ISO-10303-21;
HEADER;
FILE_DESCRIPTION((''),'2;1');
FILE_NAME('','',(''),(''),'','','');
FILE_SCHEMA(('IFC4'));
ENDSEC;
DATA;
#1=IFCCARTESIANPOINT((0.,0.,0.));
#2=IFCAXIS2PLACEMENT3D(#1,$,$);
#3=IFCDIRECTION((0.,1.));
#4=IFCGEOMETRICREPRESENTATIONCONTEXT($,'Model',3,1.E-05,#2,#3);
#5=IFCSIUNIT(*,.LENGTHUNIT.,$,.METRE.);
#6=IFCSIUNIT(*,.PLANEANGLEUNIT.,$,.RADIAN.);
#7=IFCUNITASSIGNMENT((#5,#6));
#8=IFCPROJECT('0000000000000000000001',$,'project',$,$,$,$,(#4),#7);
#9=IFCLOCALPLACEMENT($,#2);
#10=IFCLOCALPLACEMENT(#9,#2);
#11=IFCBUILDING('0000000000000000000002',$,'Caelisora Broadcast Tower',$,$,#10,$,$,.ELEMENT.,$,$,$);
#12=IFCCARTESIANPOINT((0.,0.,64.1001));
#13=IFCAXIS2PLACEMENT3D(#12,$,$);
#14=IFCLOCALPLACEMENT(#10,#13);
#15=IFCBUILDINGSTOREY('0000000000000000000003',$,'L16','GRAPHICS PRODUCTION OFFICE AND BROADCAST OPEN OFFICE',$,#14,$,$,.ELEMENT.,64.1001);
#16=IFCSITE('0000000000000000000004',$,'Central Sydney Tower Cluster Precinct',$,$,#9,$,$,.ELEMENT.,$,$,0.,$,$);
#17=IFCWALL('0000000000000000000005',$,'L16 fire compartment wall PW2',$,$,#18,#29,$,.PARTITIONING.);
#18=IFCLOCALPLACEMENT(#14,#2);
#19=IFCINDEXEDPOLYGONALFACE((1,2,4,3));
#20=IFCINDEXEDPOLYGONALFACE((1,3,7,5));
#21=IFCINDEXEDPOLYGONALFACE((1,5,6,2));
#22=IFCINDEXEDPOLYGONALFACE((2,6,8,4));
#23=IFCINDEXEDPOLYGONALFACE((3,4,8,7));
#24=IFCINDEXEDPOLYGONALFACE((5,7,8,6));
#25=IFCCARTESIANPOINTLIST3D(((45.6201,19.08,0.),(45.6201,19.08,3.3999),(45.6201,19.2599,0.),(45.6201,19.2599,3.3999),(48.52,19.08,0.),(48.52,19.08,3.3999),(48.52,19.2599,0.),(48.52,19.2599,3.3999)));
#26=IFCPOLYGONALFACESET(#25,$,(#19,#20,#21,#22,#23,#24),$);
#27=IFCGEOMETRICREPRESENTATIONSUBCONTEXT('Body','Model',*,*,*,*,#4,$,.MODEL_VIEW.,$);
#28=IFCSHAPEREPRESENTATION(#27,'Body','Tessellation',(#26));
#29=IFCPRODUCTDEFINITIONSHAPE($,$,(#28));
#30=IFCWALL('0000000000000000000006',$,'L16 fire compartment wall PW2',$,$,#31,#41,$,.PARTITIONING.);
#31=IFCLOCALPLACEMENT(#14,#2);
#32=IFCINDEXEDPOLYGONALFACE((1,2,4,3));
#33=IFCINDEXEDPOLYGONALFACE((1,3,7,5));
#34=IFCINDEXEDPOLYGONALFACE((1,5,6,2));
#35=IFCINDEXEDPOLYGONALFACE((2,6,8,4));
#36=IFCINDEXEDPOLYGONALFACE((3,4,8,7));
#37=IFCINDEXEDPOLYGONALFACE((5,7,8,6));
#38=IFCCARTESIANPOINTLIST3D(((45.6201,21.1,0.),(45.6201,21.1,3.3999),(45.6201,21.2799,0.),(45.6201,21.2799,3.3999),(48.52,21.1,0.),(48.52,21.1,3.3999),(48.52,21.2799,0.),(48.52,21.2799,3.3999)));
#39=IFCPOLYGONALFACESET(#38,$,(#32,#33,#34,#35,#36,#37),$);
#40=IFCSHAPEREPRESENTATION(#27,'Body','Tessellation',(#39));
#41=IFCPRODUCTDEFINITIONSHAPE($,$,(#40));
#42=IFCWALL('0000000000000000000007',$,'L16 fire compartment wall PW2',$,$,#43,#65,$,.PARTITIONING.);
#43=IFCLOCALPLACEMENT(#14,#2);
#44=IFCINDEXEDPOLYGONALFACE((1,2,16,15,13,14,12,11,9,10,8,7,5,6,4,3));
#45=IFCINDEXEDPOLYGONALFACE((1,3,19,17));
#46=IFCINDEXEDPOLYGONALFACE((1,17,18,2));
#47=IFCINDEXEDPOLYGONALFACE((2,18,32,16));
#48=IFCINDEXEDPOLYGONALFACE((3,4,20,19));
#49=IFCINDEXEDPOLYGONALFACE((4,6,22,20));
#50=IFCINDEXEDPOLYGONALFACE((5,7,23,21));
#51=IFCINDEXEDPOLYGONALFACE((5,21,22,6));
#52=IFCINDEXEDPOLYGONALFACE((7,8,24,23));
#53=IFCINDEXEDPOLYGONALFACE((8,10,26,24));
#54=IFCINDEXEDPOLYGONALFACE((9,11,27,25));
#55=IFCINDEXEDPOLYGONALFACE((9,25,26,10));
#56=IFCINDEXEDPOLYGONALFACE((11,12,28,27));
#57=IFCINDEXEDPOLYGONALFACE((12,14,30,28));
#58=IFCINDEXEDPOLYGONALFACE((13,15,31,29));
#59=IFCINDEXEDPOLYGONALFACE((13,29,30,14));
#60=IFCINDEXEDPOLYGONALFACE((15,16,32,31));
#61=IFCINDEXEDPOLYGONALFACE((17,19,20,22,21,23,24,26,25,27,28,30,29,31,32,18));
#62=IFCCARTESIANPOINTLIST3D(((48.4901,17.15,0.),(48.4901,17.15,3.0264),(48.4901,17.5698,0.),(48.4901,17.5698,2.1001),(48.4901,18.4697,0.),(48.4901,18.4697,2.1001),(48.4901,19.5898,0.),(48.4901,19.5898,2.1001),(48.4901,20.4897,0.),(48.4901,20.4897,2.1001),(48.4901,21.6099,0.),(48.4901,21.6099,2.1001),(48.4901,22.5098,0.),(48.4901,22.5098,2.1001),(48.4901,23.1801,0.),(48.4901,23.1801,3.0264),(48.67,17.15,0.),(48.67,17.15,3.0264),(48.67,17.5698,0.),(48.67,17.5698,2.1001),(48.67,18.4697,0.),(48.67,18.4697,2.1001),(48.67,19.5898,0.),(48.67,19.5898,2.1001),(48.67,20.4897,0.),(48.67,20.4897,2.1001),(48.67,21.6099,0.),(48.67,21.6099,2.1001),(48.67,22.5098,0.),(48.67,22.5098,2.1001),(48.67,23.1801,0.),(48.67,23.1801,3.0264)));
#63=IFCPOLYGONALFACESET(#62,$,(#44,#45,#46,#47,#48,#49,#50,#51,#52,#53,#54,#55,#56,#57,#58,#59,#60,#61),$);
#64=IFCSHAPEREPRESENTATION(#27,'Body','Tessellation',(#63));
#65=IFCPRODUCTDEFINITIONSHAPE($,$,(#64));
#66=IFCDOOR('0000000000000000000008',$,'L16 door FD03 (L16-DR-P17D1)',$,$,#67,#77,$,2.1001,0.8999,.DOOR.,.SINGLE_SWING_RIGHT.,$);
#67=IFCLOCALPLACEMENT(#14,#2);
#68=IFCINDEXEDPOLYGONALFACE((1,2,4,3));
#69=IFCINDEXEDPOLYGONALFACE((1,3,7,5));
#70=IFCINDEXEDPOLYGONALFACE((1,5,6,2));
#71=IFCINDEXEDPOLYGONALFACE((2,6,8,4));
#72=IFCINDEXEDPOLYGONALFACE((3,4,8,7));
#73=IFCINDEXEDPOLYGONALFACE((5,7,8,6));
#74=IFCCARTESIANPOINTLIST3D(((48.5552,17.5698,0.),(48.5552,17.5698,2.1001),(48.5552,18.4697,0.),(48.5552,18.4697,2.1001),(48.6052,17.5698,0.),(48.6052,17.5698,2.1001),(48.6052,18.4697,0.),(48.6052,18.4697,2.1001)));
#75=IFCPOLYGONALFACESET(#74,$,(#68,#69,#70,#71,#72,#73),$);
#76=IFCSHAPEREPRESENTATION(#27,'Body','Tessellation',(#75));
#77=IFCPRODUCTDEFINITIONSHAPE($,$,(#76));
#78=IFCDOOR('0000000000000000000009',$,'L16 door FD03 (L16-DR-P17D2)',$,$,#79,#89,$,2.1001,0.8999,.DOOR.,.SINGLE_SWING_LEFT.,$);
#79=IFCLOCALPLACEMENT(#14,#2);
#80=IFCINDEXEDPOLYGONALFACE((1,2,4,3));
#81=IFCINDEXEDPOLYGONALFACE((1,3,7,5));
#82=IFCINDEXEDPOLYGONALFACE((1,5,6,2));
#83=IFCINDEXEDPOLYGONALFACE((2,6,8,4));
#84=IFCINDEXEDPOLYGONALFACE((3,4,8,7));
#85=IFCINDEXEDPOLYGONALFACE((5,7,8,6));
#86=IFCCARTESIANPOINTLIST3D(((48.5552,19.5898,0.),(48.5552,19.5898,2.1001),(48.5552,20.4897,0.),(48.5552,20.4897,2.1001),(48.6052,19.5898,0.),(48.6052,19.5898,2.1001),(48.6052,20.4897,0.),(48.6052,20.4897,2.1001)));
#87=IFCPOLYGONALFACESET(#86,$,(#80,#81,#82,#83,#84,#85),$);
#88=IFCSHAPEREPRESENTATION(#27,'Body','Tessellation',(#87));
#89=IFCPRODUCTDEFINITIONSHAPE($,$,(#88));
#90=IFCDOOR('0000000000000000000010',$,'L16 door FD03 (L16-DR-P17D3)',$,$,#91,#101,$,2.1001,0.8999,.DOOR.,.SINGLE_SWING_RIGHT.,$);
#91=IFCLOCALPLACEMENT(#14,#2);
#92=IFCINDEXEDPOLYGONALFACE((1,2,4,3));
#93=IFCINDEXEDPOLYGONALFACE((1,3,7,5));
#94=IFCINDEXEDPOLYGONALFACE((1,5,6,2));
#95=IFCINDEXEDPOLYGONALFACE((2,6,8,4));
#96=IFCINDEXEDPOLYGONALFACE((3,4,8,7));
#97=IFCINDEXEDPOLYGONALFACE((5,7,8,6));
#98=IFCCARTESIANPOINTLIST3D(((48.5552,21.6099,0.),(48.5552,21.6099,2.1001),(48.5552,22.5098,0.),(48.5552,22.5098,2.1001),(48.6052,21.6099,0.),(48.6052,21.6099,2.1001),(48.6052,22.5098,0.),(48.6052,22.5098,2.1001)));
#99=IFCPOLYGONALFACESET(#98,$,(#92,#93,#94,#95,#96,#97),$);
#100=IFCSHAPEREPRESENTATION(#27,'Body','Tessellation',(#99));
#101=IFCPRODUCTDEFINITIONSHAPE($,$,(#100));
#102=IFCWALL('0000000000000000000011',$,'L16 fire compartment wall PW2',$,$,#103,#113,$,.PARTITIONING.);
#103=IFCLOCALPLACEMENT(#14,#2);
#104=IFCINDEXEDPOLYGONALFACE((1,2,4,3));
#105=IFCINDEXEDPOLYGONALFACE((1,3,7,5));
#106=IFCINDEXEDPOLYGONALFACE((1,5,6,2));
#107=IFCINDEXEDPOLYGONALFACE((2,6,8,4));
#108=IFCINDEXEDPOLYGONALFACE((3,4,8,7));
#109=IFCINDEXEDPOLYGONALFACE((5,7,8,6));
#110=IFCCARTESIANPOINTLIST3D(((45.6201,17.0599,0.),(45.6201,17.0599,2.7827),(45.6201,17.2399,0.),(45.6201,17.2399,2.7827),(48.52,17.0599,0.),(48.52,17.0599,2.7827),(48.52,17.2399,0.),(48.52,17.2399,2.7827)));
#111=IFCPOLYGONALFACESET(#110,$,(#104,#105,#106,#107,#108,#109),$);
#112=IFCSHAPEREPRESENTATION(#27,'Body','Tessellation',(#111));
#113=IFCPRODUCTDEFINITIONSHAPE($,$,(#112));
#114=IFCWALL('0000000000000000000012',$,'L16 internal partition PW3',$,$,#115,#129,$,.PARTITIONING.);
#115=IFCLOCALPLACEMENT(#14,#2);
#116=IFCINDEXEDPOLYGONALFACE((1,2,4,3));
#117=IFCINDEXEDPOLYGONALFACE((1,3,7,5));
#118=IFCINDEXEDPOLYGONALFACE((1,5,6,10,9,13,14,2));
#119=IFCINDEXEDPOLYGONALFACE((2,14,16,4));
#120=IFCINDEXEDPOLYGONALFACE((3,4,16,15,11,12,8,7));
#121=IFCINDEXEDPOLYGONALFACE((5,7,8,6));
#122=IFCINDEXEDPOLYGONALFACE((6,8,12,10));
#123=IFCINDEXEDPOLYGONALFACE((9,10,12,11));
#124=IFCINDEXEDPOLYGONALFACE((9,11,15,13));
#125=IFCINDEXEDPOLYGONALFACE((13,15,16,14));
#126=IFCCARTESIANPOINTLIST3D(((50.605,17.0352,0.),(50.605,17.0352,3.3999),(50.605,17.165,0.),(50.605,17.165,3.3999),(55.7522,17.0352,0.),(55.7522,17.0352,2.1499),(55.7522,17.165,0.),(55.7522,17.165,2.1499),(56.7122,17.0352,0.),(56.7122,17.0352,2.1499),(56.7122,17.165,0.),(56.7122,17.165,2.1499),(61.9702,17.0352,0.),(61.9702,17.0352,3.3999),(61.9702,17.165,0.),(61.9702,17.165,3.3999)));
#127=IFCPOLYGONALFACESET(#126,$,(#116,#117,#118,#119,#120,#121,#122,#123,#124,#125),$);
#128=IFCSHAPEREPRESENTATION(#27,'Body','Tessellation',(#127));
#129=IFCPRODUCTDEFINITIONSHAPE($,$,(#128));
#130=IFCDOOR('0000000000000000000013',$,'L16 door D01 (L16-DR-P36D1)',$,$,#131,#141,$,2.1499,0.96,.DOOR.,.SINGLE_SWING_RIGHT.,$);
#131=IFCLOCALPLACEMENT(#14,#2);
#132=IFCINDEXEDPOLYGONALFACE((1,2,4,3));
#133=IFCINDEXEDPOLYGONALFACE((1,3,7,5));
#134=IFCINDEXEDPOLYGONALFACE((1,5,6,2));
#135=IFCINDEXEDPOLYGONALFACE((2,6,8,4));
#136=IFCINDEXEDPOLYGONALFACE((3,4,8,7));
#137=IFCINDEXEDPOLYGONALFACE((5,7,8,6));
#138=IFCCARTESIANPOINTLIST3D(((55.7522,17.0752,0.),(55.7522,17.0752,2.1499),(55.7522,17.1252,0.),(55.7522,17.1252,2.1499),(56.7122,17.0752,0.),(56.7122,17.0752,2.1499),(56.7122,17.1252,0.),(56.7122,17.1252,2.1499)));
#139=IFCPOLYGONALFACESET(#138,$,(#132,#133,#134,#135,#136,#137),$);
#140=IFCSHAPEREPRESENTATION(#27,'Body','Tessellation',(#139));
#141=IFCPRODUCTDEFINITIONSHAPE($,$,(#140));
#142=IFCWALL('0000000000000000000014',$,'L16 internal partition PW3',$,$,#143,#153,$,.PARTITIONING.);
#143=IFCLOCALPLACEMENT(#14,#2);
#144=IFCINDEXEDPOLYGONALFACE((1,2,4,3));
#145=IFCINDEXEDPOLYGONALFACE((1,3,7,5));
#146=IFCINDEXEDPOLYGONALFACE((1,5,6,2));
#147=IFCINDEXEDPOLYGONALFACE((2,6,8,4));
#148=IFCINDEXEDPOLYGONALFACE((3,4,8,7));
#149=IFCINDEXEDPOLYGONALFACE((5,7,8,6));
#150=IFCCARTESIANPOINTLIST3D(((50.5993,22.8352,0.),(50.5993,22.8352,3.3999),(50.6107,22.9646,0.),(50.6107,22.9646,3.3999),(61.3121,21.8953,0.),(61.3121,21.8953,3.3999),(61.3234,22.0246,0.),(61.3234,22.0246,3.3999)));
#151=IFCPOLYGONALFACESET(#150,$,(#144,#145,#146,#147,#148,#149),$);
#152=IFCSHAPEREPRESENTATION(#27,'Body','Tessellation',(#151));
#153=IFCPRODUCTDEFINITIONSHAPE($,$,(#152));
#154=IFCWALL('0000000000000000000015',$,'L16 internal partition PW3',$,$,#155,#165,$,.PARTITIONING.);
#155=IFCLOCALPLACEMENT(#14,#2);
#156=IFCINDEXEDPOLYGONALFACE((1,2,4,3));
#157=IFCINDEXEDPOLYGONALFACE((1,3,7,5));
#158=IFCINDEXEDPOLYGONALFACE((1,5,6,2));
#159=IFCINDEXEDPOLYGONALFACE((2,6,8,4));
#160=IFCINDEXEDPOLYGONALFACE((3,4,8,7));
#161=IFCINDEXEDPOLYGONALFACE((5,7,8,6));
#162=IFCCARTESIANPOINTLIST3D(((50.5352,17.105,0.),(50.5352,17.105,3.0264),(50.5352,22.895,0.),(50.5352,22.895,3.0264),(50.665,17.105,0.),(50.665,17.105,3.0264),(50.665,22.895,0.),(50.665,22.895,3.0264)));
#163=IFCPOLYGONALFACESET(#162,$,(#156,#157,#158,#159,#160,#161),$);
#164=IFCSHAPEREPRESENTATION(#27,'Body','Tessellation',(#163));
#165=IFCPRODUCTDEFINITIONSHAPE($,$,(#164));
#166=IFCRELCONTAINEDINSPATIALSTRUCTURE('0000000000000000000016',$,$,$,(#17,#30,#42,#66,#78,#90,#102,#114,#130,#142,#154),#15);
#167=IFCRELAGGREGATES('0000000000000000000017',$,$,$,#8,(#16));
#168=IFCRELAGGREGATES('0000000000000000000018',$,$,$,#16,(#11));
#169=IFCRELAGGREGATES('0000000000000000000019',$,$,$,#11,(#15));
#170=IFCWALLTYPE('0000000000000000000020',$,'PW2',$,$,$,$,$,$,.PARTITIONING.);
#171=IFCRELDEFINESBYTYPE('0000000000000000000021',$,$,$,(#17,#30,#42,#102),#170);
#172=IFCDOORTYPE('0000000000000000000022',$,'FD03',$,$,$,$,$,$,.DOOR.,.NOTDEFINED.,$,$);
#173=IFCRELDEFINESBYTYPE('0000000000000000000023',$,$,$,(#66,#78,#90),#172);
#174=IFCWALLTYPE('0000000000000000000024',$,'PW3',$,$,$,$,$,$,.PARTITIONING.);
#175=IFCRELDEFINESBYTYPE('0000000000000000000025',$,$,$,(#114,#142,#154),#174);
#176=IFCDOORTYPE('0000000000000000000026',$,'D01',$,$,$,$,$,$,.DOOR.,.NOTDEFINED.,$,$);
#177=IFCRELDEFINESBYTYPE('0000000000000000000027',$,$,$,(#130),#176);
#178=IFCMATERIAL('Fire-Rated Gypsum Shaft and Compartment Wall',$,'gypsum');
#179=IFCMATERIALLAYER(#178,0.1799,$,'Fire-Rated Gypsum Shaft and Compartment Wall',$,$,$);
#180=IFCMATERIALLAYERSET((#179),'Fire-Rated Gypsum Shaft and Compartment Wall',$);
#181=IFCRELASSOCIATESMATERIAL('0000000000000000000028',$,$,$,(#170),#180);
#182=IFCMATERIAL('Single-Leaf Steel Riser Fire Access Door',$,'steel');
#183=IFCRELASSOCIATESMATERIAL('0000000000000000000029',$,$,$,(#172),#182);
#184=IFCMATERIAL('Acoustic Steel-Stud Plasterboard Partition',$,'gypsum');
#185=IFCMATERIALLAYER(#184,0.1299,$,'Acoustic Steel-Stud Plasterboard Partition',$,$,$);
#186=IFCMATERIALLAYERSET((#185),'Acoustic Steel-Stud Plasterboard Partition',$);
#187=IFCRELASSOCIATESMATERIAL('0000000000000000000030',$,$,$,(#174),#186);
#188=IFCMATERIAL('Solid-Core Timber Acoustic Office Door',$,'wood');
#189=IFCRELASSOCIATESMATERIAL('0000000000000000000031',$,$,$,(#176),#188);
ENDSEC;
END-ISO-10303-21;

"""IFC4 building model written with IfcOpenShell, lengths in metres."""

from ifc_helpers import new_model, si_unit, direction, frame, frame_2d, origin, place, context, subcontext, project, spatial, rectangle, extrude, material, layer, layer_set, type_object, element, fill, save


model = new_model("IFC4")

# Units and contexts
model_context = context("Model", 3, precision=1e-05, world=origin(), true_north=direction((0.0, 1.0)))
body_context = subcontext(model_context, "Body", "Model", "MODEL_VIEW")
ifc_project = project(units=[si_unit("LENGTHUNIT", "METRE"), si_unit("PLANEANGLEUNIT", "RADIAN")], contexts=[model_context])

# Site, building, storey
site_placement = place(None, origin())
site = spatial("IfcSite", under=ifc_project, at=site_placement, Name="Central Sydney Tower Cluster Precinct", CompositionType="ELEMENT", RefElevation=0.0)
building_placement = place(site_placement, origin())
building = spatial("IfcBuilding", under=site, at=building_placement, Name="Caelisora Broadcast Tower", CompositionType="ELEMENT")
storey_placement = place(building_placement, frame((0.0, 0.0, 64.1001)))
storey = spatial("IfcBuildingStorey", under=building, at=storey_placement, Name="L16", Description="GRAPHICS PRODUCTION OFFICE AND BROADCAST OPEN OFFICE", CompositionType="ELEMENT", Elevation=64.1001)

# Walls
ifc_material_1 = material(Name="Fire-Rated Gypsum Shaft and Compartment Wall", Category="gypsum")
ifc_layer_1 = layer(ifc_material_1, 0.1799, Name="Fire-Rated Gypsum Shaft and Compartment Wall")
ifc_layer_set_1 = layer_set([ifc_layer_1], Name="Fire-Rated Gypsum Shaft and Compartment Wall")
wall_type_1 = type_object("IfcWallType", Name="PW2", PredefinedType="PARTITIONING", material=ifc_layer_set_1)
for number, where, z_axis, x_axis, name in (
    (1, (45.6201, 19.1699, 0.0), (0.0, 0.0, 1.0), (1.0, 0.0, 0.0), "L16 fire compartment wall PW2"),
    (2, (45.6201, 21.1899, 0.0), (0.0, 0.0, 1.0), (1.0, 0.0, 0.0), "L16 fire compartment wall PW2"),
):
    element("IfcWall", number, at=place(storey_placement, frame(where, z_axis=z_axis, x_axis=x_axis)), inside=storey, type_object=wall_type_1, Name=name, PredefinedType="PARTITIONING", context=body_context, shape_type="SweptSolid", body=[
        extrude(rectangle(XDim=2.8999, YDim=0.1799, at=frame_2d((1.45, 0.0))), origin(), (0.0, 0.0, 1.0), 3.3999),
    ])

# Wall, openings, doors
wall_1_placement = place(storey_placement, frame((48.5801, 17.1499, 0.0), z_axis=(0.0, 0.0, 1.0), x_axis=(0.0, 1.0, 0.0)))
wall_1 = element("IfcWall", 3, at=wall_1_placement, inside=storey, type_object=wall_type_1, Name="L16 fire compartment wall PW2", PredefinedType="PARTITIONING", context=body_context, shape_type="SweptSolid", body=[
    extrude(rectangle(XDim=6.03, YDim=0.1799, at=frame_2d((3.0151, 0.0))), origin(), (0.0, 0.0, 1.0), 3.0264),
])
opening_1_placement = place(wall_1_placement, frame((0.4199, 0.0, 0.0)))
opening_1 = element("IfcOpeningElement", 4, at=opening_1_placement, cuts=wall_1, PredefinedType="OPENING", context=body_context, shape_type="SweptSolid", body=[
    extrude(rectangle(XDim=0.8999, YDim=2.1001, at=frame_2d((0.45, 1.05))), frame((0.0, 0.1021, 0.0), z_axis=(0.0, -1.0, 0.0), x_axis=(1.0, 0.0, 0.0)), (0.0, 0.0, 1.0), 0.2039),
])
opening_2_placement = place(wall_1_placement, frame((2.4399, 0.0, 0.0)))
opening_2 = element("IfcOpeningElement", 5, at=opening_2_placement, cuts=wall_1, PredefinedType="OPENING", context=body_context, shape_type="SweptSolid", body=[
    extrude(rectangle(XDim=0.8999, YDim=2.1001, at=frame_2d((0.45, 1.05))), frame((0.0, 0.1021, 0.0), z_axis=(0.0, -1.0, 0.0), x_axis=(1.0, 0.0, 0.0)), (0.0, 0.0, 1.0), 0.2039),
])
opening_3_placement = place(wall_1_placement, frame((4.46, 0.0, 0.0)))
opening_3 = element("IfcOpeningElement", 6, at=opening_3_placement, cuts=wall_1, PredefinedType="OPENING", context=body_context, shape_type="SweptSolid", body=[
    extrude(rectangle(XDim=0.8999, YDim=2.1001, at=frame_2d((0.45, 1.05))), frame((0.0, 0.1021, 0.0), z_axis=(0.0, -1.0, 0.0), x_axis=(1.0, 0.0, 0.0)), (0.0, 0.0, 1.0), 0.2039),
])
ifc_material_2 = material(Name="Single-Leaf Steel Riser Fire Access Door", Category="steel")
door_type_1 = type_object("IfcDoorType", Name="FD03", OperationType="NOTDEFINED", PredefinedType="DOOR", material=ifc_material_2)
door_1_placement = place(opening_1_placement, origin())
door_1 = element("IfcDoor", 7, at=door_1_placement, inside=storey, type_object=door_type_1, Name="L16 door FD03 (L16-DR-P17D1)", OperationType="SINGLE_SWING_RIGHT", OverallHeight=2.1001, OverallWidth=0.8999, PredefinedType="DOOR", context=body_context, shape_type="SweptSolid", body=[
    extrude(rectangle(XDim=0.8999, YDim=2.1001, at=frame_2d((0.45, 1.05))), frame((0.0, 0.0249, 0.0), z_axis=(0.0, -1.0, 0.0), x_axis=(1.0, 0.0, 0.0)), (0.0, 0.0, 1.0), 0.05),
])
fill(opening_1, door_1)
door_2_placement = place(opening_2_placement, origin())
door_2 = element("IfcDoor", 8, at=door_2_placement, inside=storey, type_object=door_type_1, Name="L16 door FD03 (L16-DR-P17D2)", OperationType="SINGLE_SWING_LEFT", OverallHeight=2.1001, OverallWidth=0.8999, PredefinedType="DOOR", context=body_context, shape_type="SweptSolid", body=[
    extrude(rectangle(XDim=0.8999, YDim=2.1001, at=frame_2d((0.45, 1.05))), frame((0.0, 0.0249, 0.0), z_axis=(0.0, -1.0, 0.0), x_axis=(1.0, 0.0, 0.0)), (0.0, 0.0, 1.0), 0.05),
])
fill(opening_2, door_2)
door_3_placement = place(opening_3_placement, origin())
door_3 = element("IfcDoor", 9, at=door_3_placement, inside=storey, type_object=door_type_1, Name="L16 door FD03 (L16-DR-P17D3)", OperationType="SINGLE_SWING_RIGHT", OverallHeight=2.1001, OverallWidth=0.8999, PredefinedType="DOOR", context=body_context, shape_type="SweptSolid", body=[
    extrude(rectangle(XDim=0.8999, YDim=2.1001, at=frame_2d((0.45, 1.05))), frame((0.0, 0.0249, 0.0), z_axis=(0.0, -1.0, 0.0), x_axis=(1.0, 0.0, 0.0)), (0.0, 0.0, 1.0), 0.05),
])
fill(opening_3, door_3)

# Wall
wall_2_placement = place(storey_placement, frame((45.6201, 17.1499, 0.0), z_axis=(0.0, 0.0, 1.0), x_axis=(1.0, 0.0, 0.0)))
element("IfcWall", 10, at=wall_2_placement, inside=storey, type_object=wall_type_1, Name="L16 fire compartment wall PW2", PredefinedType="PARTITIONING", context=body_context, shape_type="SweptSolid", body=[
    extrude(rectangle(XDim=2.8999, YDim=0.1799, at=frame_2d((1.45, 0.0))), origin(), (0.0, 0.0, 1.0), 2.7827),
])

# Wall, opening, door
ifc_material_3 = material(Name="Acoustic Steel-Stud Plasterboard Partition", Category="gypsum")
ifc_layer_2 = layer(ifc_material_3, 0.1299, Name="Acoustic Steel-Stud Plasterboard Partition")
ifc_layer_set_2 = layer_set([ifc_layer_2], Name="Acoustic Steel-Stud Plasterboard Partition")
wall_type_2 = type_object("IfcWallType", Name="PW3", PredefinedType="PARTITIONING", material=ifc_layer_set_2)
wall_3_placement = place(storey_placement, frame((61.9702, 17.1001, 0.0), z_axis=(0.0, 0.0, 1.0), x_axis=(-1.0, 0.0, 0.0)))
wall_3 = element("IfcWall", 11, at=wall_3_placement, inside=storey, type_object=wall_type_2, Name="L16 internal partition PW3", PredefinedType="PARTITIONING", context=body_context, shape_type="SweptSolid", body=[
    extrude(rectangle(XDim=11.3652, YDim=0.1299, at=frame_2d((5.6826, 0.0))), origin(), (0.0, 0.0, 1.0), 3.3999),
])
opening_4_placement = place(wall_3_placement, frame((5.2581, 0.0, 0.0)))
opening_4 = element("IfcOpeningElement", 12, at=opening_4_placement, cuts=wall_3, PredefinedType="OPENING", context=body_context, shape_type="SweptSolid", body=[
    extrude(rectangle(XDim=0.96, YDim=2.1499, at=frame_2d((0.48, 1.075))), frame((0.0, 0.0769, 0.0), z_axis=(0.0, -1.0, 0.0), x_axis=(1.0, 0.0, 0.0)), (0.0, 0.0, 1.0), 0.1538),
])
ifc_material_4 = material(Name="Solid-Core Timber Acoustic Office Door", Category="wood")
door_type_2 = type_object("IfcDoorType", Name="D01", OperationType="NOTDEFINED", PredefinedType="DOOR", material=ifc_material_4)
door_4_placement = place(opening_4_placement, origin())
door_4 = element("IfcDoor", 13, at=door_4_placement, inside=storey, type_object=door_type_2, Name="L16 door D01 (L16-DR-P36D1)", OperationType="SINGLE_SWING_RIGHT", OverallHeight=2.1499, OverallWidth=0.96, PredefinedType="DOOR", context=body_context, shape_type="SweptSolid", body=[
    extrude(rectangle(XDim=0.96, YDim=2.1499, at=frame_2d((0.48, 1.075))), frame((0.0, 0.0249, 0.0), z_axis=(0.0, -1.0, 0.0), x_axis=(1.0, 0.0, 0.0)), (0.0, 0.0, 1.0), 0.05),
])
fill(opening_4, door_4)

# Walls
wall_4_placement = place(storey_placement, frame((50.605, 22.8999, 0.0), z_axis=(0.0, 0.0, 1.0), x_axis=(0.996173, -0.087405, 0.0)))
element("IfcWall", 14, at=wall_4_placement, inside=storey, type_object=wall_type_2, Name="L16 internal partition PW3", PredefinedType="PARTITIONING", context=body_context, shape_type="SweptSolid", body=[
    extrude(rectangle(XDim=10.7539, YDim=0.1299, at=frame_2d((5.377, 0.0))), origin(), (0.0, 0.0, 1.0), 3.3999),
])
wall_5_placement = place(storey_placement, frame((50.6001, 17.105, 0.0), z_axis=(0.0, 0.0, 1.0), x_axis=(0.0, 1.0, 0.0)))
element("IfcWall", 15, at=wall_5_placement, inside=storey, type_object=wall_type_2, Name="L16 internal partition PW3", PredefinedType="PARTITIONING", context=body_context, shape_type="SweptSolid", body=[
    extrude(rectangle(XDim=5.79, YDim=0.1299, at=frame_2d((2.895, 0.0))), origin(), (0.0, 0.0, 1.0), 3.0264),
])

save(model, "model.ifc")
